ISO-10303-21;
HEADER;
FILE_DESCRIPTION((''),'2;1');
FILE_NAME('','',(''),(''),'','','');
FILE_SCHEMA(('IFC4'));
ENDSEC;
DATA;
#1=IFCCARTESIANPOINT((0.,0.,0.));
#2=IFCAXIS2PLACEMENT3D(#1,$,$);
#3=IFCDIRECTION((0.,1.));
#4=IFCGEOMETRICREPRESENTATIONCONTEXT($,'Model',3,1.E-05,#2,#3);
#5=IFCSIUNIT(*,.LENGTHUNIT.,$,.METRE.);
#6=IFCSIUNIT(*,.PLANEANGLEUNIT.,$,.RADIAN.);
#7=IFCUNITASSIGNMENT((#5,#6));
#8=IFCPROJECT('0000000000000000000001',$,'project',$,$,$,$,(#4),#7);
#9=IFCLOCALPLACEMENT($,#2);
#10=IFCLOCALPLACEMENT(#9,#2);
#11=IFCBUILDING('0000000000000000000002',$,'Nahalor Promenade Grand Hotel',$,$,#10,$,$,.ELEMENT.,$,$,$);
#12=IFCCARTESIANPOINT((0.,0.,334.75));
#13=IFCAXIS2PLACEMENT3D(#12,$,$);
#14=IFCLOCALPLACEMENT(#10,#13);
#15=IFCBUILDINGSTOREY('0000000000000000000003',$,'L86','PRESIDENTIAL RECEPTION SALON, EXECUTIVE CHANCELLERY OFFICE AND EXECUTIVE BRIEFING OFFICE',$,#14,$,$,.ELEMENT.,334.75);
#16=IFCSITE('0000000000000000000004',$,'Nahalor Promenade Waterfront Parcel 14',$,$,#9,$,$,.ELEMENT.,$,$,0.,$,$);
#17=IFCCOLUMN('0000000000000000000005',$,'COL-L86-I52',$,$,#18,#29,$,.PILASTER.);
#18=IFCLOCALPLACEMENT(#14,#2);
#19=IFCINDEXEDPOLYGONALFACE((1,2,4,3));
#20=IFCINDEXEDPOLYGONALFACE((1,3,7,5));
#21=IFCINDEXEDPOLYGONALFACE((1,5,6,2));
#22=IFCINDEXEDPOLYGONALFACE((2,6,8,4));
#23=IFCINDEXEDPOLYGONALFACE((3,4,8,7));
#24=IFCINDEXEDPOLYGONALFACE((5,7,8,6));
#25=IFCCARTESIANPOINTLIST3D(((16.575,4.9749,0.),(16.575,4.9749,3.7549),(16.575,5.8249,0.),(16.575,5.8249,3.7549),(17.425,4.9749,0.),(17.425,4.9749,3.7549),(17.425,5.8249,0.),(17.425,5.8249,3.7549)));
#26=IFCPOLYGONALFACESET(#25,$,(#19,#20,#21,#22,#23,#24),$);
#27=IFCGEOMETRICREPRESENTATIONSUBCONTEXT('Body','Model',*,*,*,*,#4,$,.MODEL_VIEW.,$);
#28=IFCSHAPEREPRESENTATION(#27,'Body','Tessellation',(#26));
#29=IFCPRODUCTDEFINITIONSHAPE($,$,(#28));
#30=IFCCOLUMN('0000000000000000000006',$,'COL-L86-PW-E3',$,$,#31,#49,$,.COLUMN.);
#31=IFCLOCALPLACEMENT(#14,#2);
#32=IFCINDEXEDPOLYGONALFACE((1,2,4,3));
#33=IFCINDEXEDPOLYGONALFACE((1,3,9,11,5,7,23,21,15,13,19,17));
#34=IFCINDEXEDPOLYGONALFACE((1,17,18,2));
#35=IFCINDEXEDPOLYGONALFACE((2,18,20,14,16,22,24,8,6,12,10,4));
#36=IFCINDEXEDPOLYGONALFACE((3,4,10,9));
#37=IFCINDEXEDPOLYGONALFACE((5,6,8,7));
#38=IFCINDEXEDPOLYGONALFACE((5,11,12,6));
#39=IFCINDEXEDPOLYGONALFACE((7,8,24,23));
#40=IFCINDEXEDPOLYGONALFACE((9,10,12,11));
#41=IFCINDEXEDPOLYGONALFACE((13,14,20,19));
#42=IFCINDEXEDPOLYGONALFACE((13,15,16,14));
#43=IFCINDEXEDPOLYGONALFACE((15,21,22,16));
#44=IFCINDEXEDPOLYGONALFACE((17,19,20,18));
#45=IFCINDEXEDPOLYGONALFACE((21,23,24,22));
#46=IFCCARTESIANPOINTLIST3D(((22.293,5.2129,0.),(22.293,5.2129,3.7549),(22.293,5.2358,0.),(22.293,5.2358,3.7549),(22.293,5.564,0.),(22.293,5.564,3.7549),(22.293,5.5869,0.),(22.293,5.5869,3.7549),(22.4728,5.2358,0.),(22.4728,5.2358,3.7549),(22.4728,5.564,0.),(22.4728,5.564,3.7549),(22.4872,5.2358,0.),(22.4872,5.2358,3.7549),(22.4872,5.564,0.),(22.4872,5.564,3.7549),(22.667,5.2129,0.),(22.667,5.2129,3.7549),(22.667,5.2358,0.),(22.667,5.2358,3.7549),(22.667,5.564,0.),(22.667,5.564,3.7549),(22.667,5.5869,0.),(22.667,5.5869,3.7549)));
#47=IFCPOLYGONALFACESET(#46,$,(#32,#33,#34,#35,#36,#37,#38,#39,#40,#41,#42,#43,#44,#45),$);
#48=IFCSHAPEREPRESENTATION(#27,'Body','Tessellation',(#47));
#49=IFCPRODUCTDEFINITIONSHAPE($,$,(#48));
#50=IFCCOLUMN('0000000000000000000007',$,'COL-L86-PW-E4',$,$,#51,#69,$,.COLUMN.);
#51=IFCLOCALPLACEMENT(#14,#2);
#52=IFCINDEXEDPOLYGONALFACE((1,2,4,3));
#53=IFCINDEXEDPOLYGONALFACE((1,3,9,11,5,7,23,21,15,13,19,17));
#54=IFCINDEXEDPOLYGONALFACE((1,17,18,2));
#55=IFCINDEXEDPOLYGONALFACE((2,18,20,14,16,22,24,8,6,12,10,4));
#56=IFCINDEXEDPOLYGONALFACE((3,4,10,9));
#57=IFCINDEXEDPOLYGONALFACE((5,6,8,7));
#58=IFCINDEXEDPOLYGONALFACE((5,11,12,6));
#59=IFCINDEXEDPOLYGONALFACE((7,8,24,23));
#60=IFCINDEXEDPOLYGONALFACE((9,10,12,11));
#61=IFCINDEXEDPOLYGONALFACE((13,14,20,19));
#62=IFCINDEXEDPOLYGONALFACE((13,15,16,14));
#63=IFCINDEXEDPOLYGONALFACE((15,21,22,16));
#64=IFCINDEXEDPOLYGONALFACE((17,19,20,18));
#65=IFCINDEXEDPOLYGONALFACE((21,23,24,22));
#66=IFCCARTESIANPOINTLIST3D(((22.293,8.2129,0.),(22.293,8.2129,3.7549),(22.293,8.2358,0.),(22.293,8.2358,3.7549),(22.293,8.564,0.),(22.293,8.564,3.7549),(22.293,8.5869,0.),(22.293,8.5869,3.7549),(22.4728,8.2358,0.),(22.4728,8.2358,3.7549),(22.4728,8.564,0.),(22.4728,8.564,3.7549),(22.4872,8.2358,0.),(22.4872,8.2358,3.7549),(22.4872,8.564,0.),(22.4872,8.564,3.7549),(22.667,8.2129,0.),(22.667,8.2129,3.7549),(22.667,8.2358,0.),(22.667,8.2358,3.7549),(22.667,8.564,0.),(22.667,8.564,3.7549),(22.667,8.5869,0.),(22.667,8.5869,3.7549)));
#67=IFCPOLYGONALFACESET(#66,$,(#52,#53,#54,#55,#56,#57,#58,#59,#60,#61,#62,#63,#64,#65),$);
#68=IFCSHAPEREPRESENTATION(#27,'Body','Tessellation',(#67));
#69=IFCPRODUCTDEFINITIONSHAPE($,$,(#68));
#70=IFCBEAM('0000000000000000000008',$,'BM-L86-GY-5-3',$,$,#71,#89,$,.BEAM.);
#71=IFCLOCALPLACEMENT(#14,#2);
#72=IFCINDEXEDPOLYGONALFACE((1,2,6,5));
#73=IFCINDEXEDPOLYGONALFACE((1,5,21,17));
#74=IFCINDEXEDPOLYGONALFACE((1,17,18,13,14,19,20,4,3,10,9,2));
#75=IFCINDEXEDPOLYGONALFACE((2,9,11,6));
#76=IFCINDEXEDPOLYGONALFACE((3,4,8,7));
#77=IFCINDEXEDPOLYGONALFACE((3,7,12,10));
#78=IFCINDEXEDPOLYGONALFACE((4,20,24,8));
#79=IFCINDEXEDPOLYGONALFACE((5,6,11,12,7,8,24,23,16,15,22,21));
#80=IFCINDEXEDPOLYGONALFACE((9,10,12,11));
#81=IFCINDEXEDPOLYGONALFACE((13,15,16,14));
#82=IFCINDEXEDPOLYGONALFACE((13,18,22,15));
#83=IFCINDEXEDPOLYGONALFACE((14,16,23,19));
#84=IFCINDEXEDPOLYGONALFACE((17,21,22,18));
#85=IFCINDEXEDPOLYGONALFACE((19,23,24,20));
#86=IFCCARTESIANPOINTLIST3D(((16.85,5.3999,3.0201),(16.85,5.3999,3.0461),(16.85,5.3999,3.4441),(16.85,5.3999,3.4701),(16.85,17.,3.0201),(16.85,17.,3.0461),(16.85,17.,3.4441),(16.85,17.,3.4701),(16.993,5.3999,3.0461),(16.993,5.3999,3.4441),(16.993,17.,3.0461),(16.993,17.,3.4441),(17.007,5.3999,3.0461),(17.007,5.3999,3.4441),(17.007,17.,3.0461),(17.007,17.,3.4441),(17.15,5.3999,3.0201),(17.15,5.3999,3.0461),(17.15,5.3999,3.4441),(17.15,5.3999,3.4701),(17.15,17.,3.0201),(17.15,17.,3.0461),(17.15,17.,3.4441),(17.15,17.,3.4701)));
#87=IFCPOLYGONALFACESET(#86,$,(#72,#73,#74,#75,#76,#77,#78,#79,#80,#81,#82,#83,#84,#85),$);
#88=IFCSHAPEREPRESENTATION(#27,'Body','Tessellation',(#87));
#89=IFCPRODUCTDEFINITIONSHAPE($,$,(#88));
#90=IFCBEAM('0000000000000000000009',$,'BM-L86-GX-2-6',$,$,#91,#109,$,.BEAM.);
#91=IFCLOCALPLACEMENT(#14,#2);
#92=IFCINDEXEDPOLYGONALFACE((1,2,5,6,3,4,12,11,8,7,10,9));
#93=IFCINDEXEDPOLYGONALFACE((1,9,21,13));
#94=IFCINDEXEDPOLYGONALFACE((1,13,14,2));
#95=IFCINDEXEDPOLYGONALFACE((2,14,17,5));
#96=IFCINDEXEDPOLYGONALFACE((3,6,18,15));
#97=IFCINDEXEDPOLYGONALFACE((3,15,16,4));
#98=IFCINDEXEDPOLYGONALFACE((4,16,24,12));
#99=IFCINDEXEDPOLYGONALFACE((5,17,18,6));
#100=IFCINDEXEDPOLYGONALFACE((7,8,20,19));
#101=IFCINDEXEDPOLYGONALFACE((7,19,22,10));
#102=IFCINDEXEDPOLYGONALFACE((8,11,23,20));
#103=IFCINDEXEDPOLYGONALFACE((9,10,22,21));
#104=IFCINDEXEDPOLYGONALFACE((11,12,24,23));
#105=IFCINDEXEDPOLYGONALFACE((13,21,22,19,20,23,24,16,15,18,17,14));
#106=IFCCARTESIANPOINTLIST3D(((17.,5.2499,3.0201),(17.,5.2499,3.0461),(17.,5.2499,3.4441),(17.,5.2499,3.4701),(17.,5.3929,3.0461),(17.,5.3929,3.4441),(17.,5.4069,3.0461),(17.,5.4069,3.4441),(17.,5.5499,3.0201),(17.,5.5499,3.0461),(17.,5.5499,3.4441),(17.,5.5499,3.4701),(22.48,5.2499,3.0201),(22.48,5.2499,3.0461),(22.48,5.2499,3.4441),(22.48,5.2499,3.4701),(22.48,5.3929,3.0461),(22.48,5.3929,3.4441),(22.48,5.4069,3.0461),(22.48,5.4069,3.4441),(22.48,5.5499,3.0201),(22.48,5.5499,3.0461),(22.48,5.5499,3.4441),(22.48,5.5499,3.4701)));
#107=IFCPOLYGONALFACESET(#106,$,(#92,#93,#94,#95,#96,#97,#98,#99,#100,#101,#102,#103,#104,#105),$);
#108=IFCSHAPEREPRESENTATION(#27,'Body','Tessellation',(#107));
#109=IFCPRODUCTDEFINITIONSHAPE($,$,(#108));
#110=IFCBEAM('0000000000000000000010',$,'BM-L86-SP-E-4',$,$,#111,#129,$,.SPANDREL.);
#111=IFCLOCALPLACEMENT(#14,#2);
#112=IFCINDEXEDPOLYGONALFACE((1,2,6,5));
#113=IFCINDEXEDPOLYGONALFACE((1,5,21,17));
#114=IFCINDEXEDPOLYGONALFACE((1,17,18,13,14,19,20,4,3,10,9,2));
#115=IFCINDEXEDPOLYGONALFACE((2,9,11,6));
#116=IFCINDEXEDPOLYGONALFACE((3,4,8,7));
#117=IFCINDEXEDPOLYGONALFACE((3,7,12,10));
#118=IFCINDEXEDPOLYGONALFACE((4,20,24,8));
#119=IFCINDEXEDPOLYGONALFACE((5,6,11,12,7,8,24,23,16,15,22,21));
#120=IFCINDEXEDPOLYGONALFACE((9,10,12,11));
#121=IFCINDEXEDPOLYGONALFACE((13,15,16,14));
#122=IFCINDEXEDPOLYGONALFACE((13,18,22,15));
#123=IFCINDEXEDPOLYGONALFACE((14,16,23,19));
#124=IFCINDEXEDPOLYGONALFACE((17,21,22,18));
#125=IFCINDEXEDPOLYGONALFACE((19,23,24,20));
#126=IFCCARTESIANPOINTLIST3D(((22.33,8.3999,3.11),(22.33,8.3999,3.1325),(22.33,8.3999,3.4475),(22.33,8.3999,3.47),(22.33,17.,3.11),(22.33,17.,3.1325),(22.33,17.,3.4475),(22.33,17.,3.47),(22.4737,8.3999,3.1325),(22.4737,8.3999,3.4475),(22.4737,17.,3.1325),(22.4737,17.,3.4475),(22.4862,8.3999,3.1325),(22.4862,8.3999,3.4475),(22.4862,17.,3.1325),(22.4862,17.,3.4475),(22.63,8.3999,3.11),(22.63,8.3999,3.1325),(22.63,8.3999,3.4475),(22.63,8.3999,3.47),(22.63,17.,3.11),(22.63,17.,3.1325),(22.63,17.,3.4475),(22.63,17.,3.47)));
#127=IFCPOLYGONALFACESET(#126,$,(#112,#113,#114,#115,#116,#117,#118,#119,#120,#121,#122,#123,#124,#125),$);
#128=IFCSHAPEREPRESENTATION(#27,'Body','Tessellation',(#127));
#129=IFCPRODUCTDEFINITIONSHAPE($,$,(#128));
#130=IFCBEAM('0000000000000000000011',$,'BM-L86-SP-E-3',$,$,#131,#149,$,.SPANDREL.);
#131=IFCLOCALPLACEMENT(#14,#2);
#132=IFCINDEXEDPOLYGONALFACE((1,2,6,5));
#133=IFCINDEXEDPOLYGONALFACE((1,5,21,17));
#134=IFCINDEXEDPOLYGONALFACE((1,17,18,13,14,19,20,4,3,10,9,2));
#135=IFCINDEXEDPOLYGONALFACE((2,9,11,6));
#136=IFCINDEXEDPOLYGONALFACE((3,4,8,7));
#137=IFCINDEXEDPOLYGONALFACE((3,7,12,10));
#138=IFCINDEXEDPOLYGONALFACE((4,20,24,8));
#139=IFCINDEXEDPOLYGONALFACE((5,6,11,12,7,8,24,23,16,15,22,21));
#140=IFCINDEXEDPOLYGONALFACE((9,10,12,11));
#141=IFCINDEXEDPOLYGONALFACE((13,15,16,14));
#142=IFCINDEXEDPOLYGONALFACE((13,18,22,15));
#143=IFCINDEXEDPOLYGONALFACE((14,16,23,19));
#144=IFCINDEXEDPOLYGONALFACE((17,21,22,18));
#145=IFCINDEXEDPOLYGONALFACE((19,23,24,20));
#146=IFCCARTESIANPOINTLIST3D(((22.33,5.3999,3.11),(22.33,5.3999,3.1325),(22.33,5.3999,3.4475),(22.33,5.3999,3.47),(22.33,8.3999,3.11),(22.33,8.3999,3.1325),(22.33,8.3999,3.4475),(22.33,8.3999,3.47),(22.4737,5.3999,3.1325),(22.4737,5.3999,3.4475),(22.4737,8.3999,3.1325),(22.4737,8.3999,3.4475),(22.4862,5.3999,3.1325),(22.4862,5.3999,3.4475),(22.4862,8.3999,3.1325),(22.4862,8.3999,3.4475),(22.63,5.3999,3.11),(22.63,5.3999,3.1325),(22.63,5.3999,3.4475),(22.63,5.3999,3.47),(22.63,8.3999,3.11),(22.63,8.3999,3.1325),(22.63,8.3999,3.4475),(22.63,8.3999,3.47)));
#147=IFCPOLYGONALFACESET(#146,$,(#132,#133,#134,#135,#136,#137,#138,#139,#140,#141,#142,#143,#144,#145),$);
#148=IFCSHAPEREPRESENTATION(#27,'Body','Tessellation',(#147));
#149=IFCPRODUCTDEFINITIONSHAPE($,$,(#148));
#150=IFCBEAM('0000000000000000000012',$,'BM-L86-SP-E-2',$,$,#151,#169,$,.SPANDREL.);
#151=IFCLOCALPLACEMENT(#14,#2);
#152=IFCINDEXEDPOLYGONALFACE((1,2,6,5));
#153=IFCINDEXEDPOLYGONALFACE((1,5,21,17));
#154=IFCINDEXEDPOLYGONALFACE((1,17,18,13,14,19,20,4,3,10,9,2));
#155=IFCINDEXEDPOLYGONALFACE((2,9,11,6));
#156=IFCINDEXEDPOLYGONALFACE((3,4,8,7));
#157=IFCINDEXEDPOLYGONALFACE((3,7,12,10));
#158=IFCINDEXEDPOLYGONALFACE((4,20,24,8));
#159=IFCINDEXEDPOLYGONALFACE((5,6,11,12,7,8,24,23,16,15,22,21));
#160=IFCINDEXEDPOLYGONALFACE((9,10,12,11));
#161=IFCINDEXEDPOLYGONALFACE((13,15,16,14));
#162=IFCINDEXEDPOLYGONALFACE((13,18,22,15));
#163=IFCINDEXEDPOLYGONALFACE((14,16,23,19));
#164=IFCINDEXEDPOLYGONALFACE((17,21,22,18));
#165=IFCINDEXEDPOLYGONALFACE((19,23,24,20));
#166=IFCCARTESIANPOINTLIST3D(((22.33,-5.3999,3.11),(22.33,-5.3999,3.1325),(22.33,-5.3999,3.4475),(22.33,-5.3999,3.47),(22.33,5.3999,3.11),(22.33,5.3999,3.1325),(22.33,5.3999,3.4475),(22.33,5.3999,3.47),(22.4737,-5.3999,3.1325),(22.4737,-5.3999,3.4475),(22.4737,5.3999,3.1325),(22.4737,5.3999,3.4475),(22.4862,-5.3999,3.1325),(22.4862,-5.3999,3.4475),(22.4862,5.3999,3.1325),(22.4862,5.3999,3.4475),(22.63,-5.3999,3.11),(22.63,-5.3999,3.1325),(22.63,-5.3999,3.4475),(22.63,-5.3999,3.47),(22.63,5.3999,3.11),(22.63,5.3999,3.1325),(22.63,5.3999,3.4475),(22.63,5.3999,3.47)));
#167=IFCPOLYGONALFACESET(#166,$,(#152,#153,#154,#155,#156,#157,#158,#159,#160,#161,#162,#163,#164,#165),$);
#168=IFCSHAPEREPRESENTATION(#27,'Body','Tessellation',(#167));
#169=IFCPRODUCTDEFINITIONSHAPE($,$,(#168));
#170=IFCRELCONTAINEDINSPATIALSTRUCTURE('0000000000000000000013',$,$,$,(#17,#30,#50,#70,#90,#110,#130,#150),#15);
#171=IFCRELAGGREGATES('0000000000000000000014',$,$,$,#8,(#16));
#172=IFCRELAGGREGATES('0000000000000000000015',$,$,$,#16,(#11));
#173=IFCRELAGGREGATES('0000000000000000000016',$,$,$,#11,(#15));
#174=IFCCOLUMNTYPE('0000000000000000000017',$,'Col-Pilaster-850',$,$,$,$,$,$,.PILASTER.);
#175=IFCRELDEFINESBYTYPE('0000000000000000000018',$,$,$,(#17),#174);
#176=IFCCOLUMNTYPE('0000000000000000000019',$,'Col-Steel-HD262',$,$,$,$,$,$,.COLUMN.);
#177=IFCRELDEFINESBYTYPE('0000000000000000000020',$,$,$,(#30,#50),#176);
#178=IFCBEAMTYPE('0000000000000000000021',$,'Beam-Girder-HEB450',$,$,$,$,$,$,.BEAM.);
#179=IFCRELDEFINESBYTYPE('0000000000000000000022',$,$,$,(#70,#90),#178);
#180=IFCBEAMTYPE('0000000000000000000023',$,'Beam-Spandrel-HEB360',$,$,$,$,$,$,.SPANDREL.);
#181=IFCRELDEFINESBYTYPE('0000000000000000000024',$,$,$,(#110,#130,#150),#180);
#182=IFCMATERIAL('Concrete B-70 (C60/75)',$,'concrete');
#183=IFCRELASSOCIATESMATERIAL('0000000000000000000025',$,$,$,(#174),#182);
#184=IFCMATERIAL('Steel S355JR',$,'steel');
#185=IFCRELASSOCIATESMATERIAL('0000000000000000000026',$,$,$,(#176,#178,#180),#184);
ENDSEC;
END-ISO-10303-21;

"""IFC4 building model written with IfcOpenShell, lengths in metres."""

from ifc_helpers import new_model, si_unit, direction, frame, origin, origin_2d, place, context, subcontext, project, spatial, rectangle, i_section, extrude, source, transform, mapped, material, material_profile, profile_set, type_object, element, save


model = new_model("IFC4")

# Units and contexts
model_context = context("Model", 3, precision=1e-05, world=origin(), true_north=direction((0.0, 1.0)))
body_context = subcontext(model_context, "Body", "Model", "MODEL_VIEW")
ifc_project = project(units=[si_unit("LENGTHUNIT", "METRE"), si_unit("PLANEANGLEUNIT", "RADIAN")], contexts=[model_context])

# Site, building, storey
site_placement = place(None, origin())
site = spatial("IfcSite", under=ifc_project, at=site_placement, Name="Nahalor Promenade Waterfront Parcel 14", CompositionType="ELEMENT", RefElevation=0.0)
building_placement = place(site_placement, origin())
building = spatial("IfcBuilding", under=site, at=building_placement, Name="Nahalor Promenade Grand Hotel", CompositionType="ELEMENT")
storey_placement = place(building_placement, frame((0.0, 0.0, 334.75)))
storey = spatial("IfcBuildingStorey", under=building, at=storey_placement, Name="L86", Description="PRESIDENTIAL RECEPTION SALON, EXECUTIVE CHANCELLERY OFFICE AND EXECUTIVE BRIEFING OFFICE", CompositionType="ELEMENT", Elevation=334.75)

# Columns
ifc_material_1 = material(Name="Concrete B-70 (C60/75)", Category="concrete")
ifc_material_profile_1 = material_profile(ifc_material_1, rectangle(XDim=0.85, YDim=0.85, at=origin_2d()), Name="RC 850x850")
ifc_profile_set_1 = profile_set([ifc_material_profile_1], Name="Concrete B-70 (C60/75)")
column_type_1 = type_object("IfcColumnType", Name="Col-Pilaster-850", PredefinedType="PILASTER", material=ifc_profile_set_1)
shared_shape_1 = source(origin(), body_context, "Body", "SweptSolid", [
    extrude(rectangle(XDim=0.85, YDim=0.85, at=origin_2d()), origin(), (0.0, 0.0, 1.0), 3.7549),
])
column_placement = place(storey_placement, frame((17.0, 5.3999, 0.0), z_axis=(0.0, 0.0, 1.0), x_axis=(1.0, 0.0, 0.0)))
element("IfcColumn", 1, at=column_placement, inside=storey, type_object=column_type_1, Name="COL-L86-I52", PredefinedType="PILASTER", context=body_context, shape_type="MappedRepresentation", body=[
    mapped(shared_shape_1, transform((0.0, 0.0, 0.0), scale=1.0)),
])
ifc_material_2 = material(Name="Steel S355JR", Category="steel")
ifc_material_profile_2 = material_profile(ifc_material_2, i_section(OverallWidth=0.374, OverallDepth=0.374, WebThickness=0.0144, FlangeThickness=0.0229, at=origin_2d()), Name="HD 360x262")
ifc_profile_set_2 = profile_set([ifc_material_profile_2], Name="Steel S355JR")
column_type_2 = type_object("IfcColumnType", Name="Col-Steel-HD262", PredefinedType="COLUMN", material=ifc_profile_set_2)
shared_shape_2 = source(origin(), body_context, "Body", "SweptSolid", [
    extrude(i_section(OverallWidth=0.374, OverallDepth=0.374, WebThickness=0.0144, FlangeThickness=0.0229, at=origin_2d()), origin(), (0.0, 0.0, 1.0), 3.7549),
])
for number, where, z_axis, x_axis, name in (
    (2, (22.48, 5.3999, 0.0), (0.0, 0.0, 1.0), (1.0, 0.0, 0.0), "COL-L86-PW-E3"),
    (3, (22.48, 8.3999, 0.0), (0.0, 0.0, 1.0), (1.0, 0.0, 0.0), "COL-L86-PW-E4"),
):
    element("IfcColumn", number, at=place(storey_placement, frame(where, z_axis=z_axis, x_axis=x_axis)), inside=storey, type_object=column_type_2, Name=name, PredefinedType="COLUMN", context=body_context, shape_type="MappedRepresentation", body=[
        mapped(shared_shape_2, transform((0.0, 0.0, 0.0), scale=1.0)),
    ])

# Beams
ifc_material_profile_3 = material_profile(ifc_material_2, i_section(OverallWidth=0.3, OverallDepth=0.45, WebThickness=0.014, FlangeThickness=0.026, at=origin_2d()), Name="HEB 450")
ifc_profile_set_3 = profile_set([ifc_material_profile_3], Name="Steel S355JR")
beam_type_1 = type_object("IfcBeamType", Name="Beam-Girder-HEB450", PredefinedType="BEAM", material=ifc_profile_set_3)
shared_shape_3 = source(origin(), body_context, "Body", "SweptSolid", [
    extrude(i_section(OverallWidth=0.3, OverallDepth=0.45, WebThickness=0.014, FlangeThickness=0.026, at=origin_2d()), origin(), (0.0, 0.0, 1.0), 11.6001),
])
beam_1_placement = place(storey_placement, frame((17.0, 5.3999, 3.2451), z_axis=(0.0, 1.0, 0.0), x_axis=(-1.0, 0.0, 0.0)))
element("IfcBeam", 4, at=beam_1_placement, inside=storey, type_object=beam_type_1, Name="BM-L86-GY-5-3", PredefinedType="BEAM", context=body_context, shape_type="MappedRepresentation", body=[
    mapped(shared_shape_3, transform((0.0, 0.0, 0.0), scale=1.0)),
])
shared_shape_4 = source(origin(), body_context, "Body", "SweptSolid", [
    extrude(i_section(OverallWidth=0.3, OverallDepth=0.45, WebThickness=0.014, FlangeThickness=0.026, at=origin_2d()), origin(), (0.0, 0.0, 1.0), 5.48),
])
beam_2_placement = place(storey_placement, frame((17.0, 5.3999, 3.2451), z_axis=(1.0, 0.0, 0.0), x_axis=(0.0, 1.0, 0.0)))
element("IfcBeam", 5, at=beam_2_placement, inside=storey, type_object=beam_type_1, Name="BM-L86-GX-2-6", PredefinedType="BEAM", context=body_context, shape_type="MappedRepresentation", body=[
    mapped(shared_shape_4, transform((0.0, 0.0, 0.0), scale=1.0)),
])
ifc_material_profile_4 = material_profile(ifc_material_2, i_section(OverallWidth=0.3, OverallDepth=0.36, WebThickness=0.0125, FlangeThickness=0.0225, at=origin_2d()), Name="HEB 360")
ifc_profile_set_4 = profile_set([ifc_material_profile_4], Name="Steel S355JR")
beam_type_2 = type_object("IfcBeamType", Name="Beam-Spandrel-HEB360", PredefinedType="SPANDREL", material=ifc_profile_set_4)
shared_shape_5 = source(origin(), body_context, "Body", "SweptSolid", [
    extrude(i_section(OverallWidth=0.3, OverallDepth=0.36, WebThickness=0.0125, FlangeThickness=0.0225, at=origin_2d()), origin(), (0.0, 0.0, 1.0), 8.6001),
])
beam_3_placement = place(storey_placement, frame((22.48, 8.3999, 3.29), z_axis=(0.0, 1.0, 0.0), x_axis=(-1.0, 0.0, 0.0)))
element("IfcBeam", 6, at=beam_3_placement, inside=storey, type_object=beam_type_2, Name="BM-L86-SP-E-4", PredefinedType="SPANDREL", context=body_context, shape_type="MappedRepresentation", body=[
    mapped(shared_shape_5, transform((0.0, 0.0, 0.0), scale=1.0)),
])
shared_shape_6 = source(origin(), body_context, "Body", "SweptSolid", [
    extrude(i_section(OverallWidth=0.3, OverallDepth=0.36, WebThickness=0.0125, FlangeThickness=0.0225, at=origin_2d()), origin(), (0.0, 0.0, 1.0), 3.0),
])
beam_4_placement = place(storey_placement, frame((22.48, 5.3999, 3.29), z_axis=(0.0, 1.0, 0.0), x_axis=(-1.0, 0.0, 0.0)))
element("IfcBeam", 7, at=beam_4_placement, inside=storey, type_object=beam_type_2, Name="BM-L86-SP-E-3", PredefinedType="SPANDREL", context=body_context, shape_type="MappedRepresentation", body=[
    mapped(shared_shape_6, transform((0.0, 0.0, 0.0), scale=1.0)),
])
shared_shape_7 = source(origin(), body_context, "Body", "SweptSolid", [
    extrude(i_section(OverallWidth=0.3, OverallDepth=0.36, WebThickness=0.0125, FlangeThickness=0.0225, at=origin_2d()), origin(), (0.0, 0.0, 1.0), 10.7998),
])
beam_5_placement = place(storey_placement, frame((22.48, -5.3999, 3.29), z_axis=(0.0, 1.0, 0.0), x_axis=(-1.0, 0.0, 0.0)))
element("IfcBeam", 8, at=beam_5_placement, inside=storey, type_object=beam_type_2, Name="BM-L86-SP-E-2", PredefinedType="SPANDREL", context=body_context, shape_type="MappedRepresentation", body=[
    mapped(shared_shape_7, transform((0.0, 0.0, 0.0), scale=1.0)),
])

save(model, "model.ifc")
